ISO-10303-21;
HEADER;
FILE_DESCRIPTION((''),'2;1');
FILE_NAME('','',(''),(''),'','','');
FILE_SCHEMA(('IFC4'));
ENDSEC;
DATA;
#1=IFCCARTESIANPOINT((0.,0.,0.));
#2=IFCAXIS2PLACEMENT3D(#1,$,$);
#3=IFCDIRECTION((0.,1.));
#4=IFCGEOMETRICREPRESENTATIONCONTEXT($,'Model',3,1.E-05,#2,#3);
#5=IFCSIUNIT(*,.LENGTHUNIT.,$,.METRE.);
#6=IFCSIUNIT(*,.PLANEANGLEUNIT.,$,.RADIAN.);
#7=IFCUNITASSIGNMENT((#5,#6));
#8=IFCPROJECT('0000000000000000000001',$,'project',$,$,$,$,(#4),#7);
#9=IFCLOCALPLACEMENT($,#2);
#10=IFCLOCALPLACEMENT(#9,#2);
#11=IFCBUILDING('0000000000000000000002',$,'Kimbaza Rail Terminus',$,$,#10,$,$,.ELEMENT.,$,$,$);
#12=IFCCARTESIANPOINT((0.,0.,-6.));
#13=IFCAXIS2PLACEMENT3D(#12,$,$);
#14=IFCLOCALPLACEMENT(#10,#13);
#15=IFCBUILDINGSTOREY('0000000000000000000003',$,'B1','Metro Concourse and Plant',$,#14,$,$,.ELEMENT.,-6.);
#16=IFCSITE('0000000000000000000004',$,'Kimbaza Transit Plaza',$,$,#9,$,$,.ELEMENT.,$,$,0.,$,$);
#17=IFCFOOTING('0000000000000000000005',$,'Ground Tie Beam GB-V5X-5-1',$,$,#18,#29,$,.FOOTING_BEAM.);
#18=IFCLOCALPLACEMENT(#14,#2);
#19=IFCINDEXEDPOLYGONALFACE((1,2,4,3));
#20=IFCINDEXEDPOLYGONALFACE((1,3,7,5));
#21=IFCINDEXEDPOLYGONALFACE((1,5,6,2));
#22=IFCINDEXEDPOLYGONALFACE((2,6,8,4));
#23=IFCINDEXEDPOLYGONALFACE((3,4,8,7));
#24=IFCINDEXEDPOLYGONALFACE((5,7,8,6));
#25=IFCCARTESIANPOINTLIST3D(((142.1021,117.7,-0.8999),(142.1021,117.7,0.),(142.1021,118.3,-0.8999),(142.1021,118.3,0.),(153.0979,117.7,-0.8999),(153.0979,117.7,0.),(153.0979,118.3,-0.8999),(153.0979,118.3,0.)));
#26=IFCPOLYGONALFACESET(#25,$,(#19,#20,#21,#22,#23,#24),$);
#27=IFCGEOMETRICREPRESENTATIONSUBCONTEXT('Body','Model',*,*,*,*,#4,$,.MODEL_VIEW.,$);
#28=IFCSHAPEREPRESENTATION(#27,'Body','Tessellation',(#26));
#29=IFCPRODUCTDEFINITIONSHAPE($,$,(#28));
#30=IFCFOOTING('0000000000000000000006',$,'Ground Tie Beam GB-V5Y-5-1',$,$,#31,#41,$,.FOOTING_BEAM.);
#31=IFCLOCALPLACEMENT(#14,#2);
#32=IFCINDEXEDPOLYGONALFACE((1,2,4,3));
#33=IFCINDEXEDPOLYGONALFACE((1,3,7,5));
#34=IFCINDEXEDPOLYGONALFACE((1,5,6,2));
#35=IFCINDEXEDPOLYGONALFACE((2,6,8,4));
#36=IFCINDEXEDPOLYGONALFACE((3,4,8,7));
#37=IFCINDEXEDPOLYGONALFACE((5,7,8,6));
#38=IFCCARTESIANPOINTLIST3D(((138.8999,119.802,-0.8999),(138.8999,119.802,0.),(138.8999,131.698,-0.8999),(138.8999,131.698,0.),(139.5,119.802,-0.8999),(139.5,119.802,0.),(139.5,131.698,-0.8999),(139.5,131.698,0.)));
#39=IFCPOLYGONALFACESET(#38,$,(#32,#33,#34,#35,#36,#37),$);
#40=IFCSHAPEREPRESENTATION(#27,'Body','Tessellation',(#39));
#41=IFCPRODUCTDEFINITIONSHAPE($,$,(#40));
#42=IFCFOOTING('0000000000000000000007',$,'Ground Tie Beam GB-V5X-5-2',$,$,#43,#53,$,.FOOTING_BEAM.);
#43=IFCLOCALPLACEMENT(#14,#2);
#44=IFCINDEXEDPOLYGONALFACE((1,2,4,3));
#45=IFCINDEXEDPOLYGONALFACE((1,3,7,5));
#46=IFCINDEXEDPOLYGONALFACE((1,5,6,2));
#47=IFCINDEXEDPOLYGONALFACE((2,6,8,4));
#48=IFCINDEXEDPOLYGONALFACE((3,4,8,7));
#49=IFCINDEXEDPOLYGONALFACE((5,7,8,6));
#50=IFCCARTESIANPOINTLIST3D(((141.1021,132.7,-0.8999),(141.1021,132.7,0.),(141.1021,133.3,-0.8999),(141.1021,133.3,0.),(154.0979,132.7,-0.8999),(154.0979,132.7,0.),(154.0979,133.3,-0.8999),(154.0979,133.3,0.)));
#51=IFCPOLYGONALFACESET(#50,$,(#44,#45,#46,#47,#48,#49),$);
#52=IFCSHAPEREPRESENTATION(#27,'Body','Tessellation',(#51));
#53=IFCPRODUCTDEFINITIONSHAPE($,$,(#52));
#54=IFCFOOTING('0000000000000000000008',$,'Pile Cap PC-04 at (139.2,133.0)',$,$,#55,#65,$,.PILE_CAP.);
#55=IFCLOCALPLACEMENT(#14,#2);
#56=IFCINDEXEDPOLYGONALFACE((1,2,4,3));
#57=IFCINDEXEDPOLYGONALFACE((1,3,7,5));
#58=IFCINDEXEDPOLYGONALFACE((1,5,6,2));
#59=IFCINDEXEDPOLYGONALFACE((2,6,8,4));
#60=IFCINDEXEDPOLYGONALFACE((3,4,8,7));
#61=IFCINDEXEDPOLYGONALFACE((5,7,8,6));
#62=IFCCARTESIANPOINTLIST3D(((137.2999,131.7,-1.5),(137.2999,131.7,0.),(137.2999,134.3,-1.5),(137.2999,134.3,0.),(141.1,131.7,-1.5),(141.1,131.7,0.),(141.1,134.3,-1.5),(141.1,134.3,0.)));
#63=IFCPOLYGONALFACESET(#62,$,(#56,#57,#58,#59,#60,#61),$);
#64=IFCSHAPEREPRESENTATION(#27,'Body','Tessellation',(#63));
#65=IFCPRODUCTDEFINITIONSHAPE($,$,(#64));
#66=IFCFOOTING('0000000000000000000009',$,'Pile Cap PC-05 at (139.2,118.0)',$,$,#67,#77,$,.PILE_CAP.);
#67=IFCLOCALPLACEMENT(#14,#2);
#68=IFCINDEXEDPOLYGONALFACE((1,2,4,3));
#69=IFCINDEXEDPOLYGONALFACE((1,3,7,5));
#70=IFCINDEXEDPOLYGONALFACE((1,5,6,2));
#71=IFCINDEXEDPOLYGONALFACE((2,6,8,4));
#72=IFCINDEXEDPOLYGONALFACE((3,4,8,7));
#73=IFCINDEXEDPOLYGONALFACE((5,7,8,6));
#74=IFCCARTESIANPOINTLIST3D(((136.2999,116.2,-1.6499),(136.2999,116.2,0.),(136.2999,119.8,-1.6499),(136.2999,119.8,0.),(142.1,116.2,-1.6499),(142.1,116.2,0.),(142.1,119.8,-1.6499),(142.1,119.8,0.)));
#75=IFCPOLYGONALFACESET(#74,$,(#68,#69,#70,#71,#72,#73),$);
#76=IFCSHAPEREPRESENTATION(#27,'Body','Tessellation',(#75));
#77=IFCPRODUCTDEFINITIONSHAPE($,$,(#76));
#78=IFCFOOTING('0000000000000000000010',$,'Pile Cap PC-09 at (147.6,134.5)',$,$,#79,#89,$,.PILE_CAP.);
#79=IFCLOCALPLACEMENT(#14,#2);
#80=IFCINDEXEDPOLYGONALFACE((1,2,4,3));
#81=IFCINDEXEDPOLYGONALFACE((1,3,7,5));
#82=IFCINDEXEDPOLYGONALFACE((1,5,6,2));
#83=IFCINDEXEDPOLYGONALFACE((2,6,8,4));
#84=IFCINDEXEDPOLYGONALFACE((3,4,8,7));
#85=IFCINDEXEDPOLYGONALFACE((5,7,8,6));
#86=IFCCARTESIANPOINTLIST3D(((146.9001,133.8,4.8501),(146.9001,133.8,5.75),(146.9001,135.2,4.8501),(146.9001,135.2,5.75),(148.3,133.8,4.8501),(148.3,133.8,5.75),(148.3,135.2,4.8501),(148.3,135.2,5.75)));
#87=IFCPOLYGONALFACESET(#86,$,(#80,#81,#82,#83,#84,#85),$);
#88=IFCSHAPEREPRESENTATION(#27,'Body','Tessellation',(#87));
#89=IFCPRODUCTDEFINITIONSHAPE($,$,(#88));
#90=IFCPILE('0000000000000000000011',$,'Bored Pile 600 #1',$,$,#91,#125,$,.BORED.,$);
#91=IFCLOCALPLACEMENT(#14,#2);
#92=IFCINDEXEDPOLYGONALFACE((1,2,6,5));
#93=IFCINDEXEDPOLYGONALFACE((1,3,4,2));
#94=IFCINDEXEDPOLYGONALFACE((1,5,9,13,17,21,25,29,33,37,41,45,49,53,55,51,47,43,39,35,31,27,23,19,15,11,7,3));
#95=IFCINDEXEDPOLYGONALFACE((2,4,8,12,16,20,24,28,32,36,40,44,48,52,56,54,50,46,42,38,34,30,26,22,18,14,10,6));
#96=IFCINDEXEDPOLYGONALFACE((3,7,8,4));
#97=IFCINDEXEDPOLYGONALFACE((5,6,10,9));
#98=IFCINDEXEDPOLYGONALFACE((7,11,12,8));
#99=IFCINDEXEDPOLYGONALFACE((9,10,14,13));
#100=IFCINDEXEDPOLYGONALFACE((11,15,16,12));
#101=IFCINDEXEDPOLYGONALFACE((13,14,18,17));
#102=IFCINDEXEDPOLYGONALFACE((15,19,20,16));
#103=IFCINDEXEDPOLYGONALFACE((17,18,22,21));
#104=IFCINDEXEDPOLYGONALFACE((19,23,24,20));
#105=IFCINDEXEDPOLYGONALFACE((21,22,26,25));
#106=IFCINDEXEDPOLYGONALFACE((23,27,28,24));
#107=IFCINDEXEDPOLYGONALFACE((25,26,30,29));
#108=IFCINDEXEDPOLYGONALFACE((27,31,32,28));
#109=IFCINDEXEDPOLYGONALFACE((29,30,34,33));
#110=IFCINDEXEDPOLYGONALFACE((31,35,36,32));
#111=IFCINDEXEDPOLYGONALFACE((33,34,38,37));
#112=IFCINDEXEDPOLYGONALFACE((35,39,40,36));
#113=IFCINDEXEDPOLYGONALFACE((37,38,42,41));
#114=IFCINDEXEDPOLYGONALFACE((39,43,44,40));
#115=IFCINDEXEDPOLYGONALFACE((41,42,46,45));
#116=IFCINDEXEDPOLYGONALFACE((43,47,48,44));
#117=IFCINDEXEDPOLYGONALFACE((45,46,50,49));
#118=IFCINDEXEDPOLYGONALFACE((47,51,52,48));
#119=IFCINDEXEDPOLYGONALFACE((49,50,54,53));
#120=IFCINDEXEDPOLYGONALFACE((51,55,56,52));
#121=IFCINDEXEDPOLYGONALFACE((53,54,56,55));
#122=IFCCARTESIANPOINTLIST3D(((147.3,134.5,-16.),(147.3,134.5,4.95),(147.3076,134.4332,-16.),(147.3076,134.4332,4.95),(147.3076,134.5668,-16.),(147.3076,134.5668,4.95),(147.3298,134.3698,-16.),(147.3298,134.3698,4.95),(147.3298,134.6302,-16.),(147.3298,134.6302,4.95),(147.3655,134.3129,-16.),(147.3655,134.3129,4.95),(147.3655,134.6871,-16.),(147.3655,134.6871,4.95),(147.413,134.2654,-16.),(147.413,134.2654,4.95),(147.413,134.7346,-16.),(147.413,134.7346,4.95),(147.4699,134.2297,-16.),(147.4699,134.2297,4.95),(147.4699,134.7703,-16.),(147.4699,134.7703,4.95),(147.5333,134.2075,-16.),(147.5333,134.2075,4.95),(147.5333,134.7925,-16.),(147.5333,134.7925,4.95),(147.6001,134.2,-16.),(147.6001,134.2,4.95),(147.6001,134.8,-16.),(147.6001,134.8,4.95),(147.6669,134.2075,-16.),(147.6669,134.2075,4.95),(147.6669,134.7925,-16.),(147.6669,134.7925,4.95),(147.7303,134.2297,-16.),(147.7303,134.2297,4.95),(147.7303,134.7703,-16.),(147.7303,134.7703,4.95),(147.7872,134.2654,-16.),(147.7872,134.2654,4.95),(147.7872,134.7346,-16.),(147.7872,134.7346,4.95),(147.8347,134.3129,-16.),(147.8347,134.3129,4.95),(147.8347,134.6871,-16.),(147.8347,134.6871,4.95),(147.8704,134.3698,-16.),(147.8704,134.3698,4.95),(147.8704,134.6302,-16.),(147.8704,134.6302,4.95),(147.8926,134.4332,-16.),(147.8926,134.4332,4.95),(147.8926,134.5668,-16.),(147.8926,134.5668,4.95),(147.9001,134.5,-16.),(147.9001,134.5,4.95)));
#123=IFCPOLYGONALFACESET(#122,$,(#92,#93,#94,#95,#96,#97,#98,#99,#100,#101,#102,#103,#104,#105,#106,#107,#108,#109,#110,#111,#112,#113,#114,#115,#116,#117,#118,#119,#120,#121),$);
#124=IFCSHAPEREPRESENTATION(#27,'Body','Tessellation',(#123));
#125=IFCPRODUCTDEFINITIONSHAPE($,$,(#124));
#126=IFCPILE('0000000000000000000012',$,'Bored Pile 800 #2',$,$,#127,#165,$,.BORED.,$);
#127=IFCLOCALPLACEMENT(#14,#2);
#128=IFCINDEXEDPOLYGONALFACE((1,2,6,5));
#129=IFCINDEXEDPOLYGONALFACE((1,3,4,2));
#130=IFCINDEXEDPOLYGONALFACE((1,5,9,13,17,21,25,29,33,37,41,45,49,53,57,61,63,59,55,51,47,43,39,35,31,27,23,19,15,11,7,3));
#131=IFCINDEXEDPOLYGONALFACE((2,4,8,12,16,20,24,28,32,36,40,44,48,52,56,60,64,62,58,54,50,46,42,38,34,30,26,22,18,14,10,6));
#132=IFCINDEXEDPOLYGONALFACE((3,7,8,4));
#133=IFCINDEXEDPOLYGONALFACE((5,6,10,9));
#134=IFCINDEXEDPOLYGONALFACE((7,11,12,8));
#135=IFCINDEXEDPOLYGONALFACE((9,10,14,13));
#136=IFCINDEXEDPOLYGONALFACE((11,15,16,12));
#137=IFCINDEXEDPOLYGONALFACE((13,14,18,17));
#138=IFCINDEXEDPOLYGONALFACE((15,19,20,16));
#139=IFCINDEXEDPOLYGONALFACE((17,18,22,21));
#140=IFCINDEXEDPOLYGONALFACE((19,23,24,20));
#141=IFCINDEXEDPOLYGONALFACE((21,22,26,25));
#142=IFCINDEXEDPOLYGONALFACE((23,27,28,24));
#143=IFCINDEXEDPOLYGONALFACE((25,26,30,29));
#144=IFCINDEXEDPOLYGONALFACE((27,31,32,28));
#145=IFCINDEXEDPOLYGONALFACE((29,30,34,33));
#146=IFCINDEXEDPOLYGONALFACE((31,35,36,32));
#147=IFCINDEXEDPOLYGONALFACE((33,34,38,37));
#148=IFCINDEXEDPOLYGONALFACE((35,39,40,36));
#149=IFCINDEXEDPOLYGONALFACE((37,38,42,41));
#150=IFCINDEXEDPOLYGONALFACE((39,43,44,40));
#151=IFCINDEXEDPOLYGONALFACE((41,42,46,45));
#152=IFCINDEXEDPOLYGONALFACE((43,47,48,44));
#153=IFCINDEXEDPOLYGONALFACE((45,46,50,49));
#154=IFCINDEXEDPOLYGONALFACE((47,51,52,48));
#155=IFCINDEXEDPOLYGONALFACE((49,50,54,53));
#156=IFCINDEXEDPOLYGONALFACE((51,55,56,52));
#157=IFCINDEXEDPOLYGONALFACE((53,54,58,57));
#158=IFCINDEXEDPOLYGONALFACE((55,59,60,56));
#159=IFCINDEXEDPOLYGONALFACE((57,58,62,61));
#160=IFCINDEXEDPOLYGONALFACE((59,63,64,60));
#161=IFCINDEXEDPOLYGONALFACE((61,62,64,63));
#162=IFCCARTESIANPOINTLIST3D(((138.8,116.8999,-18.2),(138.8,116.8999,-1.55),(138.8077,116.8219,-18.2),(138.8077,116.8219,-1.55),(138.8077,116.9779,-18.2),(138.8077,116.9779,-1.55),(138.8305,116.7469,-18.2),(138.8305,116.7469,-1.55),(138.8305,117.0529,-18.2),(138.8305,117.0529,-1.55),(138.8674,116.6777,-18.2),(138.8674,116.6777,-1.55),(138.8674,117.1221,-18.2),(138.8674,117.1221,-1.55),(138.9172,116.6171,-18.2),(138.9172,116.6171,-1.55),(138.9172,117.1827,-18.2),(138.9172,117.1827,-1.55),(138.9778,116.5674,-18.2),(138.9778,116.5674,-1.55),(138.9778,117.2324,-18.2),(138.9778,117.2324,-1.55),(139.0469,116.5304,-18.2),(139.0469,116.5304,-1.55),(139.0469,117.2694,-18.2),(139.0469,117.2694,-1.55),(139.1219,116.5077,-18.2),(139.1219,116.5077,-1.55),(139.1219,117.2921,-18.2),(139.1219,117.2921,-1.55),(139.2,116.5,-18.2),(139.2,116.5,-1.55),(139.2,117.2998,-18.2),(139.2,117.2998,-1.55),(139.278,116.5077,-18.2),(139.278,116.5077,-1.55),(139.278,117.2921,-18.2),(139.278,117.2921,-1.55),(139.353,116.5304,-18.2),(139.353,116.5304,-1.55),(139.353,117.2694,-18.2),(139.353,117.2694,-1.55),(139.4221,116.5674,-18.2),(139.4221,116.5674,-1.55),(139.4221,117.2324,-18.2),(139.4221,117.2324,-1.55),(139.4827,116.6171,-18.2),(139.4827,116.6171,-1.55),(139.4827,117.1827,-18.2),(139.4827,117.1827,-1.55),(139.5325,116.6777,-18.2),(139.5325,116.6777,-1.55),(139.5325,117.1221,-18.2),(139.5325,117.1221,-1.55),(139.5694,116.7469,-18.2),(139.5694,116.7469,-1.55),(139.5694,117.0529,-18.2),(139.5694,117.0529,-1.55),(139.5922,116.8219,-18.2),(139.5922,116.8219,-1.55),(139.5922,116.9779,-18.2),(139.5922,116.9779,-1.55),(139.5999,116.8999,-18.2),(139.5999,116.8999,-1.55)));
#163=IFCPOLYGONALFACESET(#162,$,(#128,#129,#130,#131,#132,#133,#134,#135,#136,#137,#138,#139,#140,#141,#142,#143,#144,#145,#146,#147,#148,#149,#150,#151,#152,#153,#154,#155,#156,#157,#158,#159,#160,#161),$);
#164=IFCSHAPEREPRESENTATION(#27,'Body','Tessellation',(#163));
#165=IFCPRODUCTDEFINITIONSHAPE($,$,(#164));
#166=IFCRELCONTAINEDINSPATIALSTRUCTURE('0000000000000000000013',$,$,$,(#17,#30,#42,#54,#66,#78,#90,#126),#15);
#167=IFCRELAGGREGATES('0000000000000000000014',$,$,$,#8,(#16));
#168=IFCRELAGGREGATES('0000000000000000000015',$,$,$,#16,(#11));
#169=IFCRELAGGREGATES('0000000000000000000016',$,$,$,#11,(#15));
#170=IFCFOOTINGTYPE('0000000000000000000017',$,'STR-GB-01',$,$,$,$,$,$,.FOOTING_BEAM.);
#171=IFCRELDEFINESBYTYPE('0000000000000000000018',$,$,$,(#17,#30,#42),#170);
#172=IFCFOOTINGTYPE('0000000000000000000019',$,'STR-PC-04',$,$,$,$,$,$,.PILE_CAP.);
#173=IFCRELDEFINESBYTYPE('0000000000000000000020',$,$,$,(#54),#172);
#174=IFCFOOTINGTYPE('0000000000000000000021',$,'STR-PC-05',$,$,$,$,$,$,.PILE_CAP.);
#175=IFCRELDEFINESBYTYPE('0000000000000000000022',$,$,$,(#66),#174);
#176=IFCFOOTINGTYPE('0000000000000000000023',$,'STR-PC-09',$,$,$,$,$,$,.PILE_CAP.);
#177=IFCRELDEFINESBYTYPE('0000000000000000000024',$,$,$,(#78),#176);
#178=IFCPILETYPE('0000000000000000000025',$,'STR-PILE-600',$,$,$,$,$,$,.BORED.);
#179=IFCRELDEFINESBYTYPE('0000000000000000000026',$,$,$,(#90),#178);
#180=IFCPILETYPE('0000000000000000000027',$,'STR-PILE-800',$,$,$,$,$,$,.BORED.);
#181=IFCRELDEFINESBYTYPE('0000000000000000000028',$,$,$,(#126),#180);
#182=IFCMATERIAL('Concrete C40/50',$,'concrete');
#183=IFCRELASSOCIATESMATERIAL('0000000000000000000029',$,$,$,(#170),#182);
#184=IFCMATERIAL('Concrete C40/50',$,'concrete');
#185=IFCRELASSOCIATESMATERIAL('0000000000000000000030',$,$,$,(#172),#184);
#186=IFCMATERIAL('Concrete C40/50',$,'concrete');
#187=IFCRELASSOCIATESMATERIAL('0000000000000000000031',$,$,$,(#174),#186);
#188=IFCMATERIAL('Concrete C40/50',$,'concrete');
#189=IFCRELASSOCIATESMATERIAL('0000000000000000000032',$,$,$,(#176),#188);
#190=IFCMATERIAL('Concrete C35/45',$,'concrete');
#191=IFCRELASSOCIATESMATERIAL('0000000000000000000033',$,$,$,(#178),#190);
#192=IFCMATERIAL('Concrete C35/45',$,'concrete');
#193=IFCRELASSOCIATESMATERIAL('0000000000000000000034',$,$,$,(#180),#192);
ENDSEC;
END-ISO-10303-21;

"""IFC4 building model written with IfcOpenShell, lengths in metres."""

from ifc_helpers import new_model, si_unit, direction, frame, origin, origin_2d, place, context, subcontext, project, spatial, rectangle, circle, extrude, material, material_profile, profile_set, type_object, element, save


model = new_model("IFC4")

# Units and contexts
model_context = context("Model", 3, precision=1e-05, world=origin(), true_north=direction((0.0, 1.0)))
body_context = subcontext(model_context, "Body", "Model", "MODEL_VIEW")
ifc_project = project(units=[si_unit("LENGTHUNIT", "METRE"), si_unit("PLANEANGLEUNIT", "RADIAN")], contexts=[model_context])

# Site, building, storey
site_placement = place(None, origin())
site = spatial("IfcSite", under=ifc_project, at=site_placement, Name="Kimbaza Transit Plaza", CompositionType="ELEMENT", RefElevation=0.0)
building_placement = place(site_placement, origin())
building = spatial("IfcBuilding", under=site, at=building_placement, Name="Kimbaza Rail Terminus", CompositionType="ELEMENT")
storey_placement = place(building_placement, frame((0.0, 0.0, -6.0)))
storey = spatial("IfcBuildingStorey", under=building, at=storey_placement, Name="B1", Description="Metro Concourse and Plant", CompositionType="ELEMENT", Elevation=-6.0)

# Footings
ifc_material_1 = material(Name="Concrete C40/50", Category="concrete")
ifc_material_profile_1 = material_profile(ifc_material_1, rectangle(XDim=0.6001, YDim=0.8999, at=origin_2d()), Name="GB-01 600x900")
ifc_profile_set_1 = profile_set([ifc_material_profile_1], Name="Concrete C40/50")
footing_type_1 = type_object("IfcFootingType", Name="STR-GB-01", PredefinedType="FOOTING_BEAM", material=ifc_profile_set_1)
footing_1_placement = place(storey_placement, frame((142.1021, 118.0, -0.45), z_axis=(1.0, 0.0, 0.0), x_axis=(0.0, 1.0, 0.0)))
element("IfcFooting", 1, at=footing_1_placement, inside=storey, type_object=footing_type_1, Name="Ground Tie Beam GB-V5X-5-1", PredefinedType="FOOTING_BEAM", context=body_context, shape_type="SweptSolid", body=[
    extrude(rectangle(XDim=0.6001, YDim=0.8999, at=origin_2d()), origin(), (0.0, 0.0, 1.0), 10.9958),
])
footing_2_placement = place(storey_placement, frame((139.2, 119.802, -0.45), z_axis=(0.0, 1.0, 0.0), x_axis=(-1.0, 0.0, 0.0)))
element("IfcFooting", 2, at=footing_2_placement, inside=storey, type_object=footing_type_1, Name="Ground Tie Beam GB-V5Y-5-1", PredefinedType="FOOTING_BEAM", context=body_context, shape_type="SweptSolid", body=[
    extrude(rectangle(XDim=0.6001, YDim=0.8999, at=origin_2d()), origin(), (0.0, 0.0, 1.0), 11.896),
])
footing_3_placement = place(storey_placement, frame((141.1021, 133.0, -0.45), z_axis=(1.0, 0.0, 0.0), x_axis=(0.0, 1.0, 0.0)))
element("IfcFooting", 3, at=footing_3_placement, inside=storey, type_object=footing_type_1, Name="Ground Tie Beam GB-V5X-5-2", PredefinedType="FOOTING_BEAM", context=body_context, shape_type="SweptSolid", body=[
    extrude(rectangle(XDim=0.6001, YDim=0.8999, at=origin_2d()), origin(), (0.0, 0.0, 1.0), 12.9958),
])
ifc_material_2 = material(Name="Concrete C40/50", Category="concrete")
footing_type_2 = type_object("IfcFootingType", Name="STR-PC-04", PredefinedType="PILE_CAP", material=ifc_material_2)
footing_4_placement = place(storey_placement, frame((139.2, 133.0, -1.5), z_axis=(0.0, 0.0, 1.0), x_axis=(1.0, 0.0, 0.0)))
element("IfcFooting", 4, at=footing_4_placement, inside=storey, type_object=footing_type_2, Name="Pile Cap PC-04 at (139.2,133.0)", PredefinedType="PILE_CAP", context=body_context, shape_type="SweptSolid", body=[
    extrude(rectangle(XDim=3.8, YDim=2.6001, at=origin_2d()), origin(), (0.0, 0.0, 1.0), 1.5),
])
ifc_material_3 = material(Name="Concrete C40/50", Category="concrete")
footing_type_3 = type_object("IfcFootingType", Name="STR-PC-05", PredefinedType="PILE_CAP", material=ifc_material_3)
footing_5_placement = place(storey_placement, frame((139.2, 118.0, -1.6499), z_axis=(0.0, 0.0, 1.0), x_axis=(1.0, 0.0, 0.0)))
element("IfcFooting", 5, at=footing_5_placement, inside=storey, type_object=footing_type_3, Name="Pile Cap PC-05 at (139.2,118.0)", PredefinedType="PILE_CAP", context=body_context, shape_type="SweptSolid", body=[
    extrude(rectangle(XDim=5.8, YDim=3.6001, at=origin_2d()), origin(), (0.0, 0.0, 1.0), 1.6499),
])
ifc_material_4 = material(Name="Concrete C40/50", Category="concrete")
footing_type_4 = type_object("IfcFootingType", Name="STR-PC-09", PredefinedType="PILE_CAP", material=ifc_material_4)
footing_6_placement = place(storey_placement, frame((147.6001, 134.5, 4.8501), z_axis=(0.0, 0.0, 1.0), x_axis=(1.0, 0.0, 0.0)))
element("IfcFooting", 6, at=footing_6_placement, inside=storey, type_object=footing_type_4, Name="Pile Cap PC-09 at (147.6,134.5)", PredefinedType="PILE_CAP", context=body_context, shape_type="SweptSolid", body=[
    extrude(rectangle(XDim=1.3999, YDim=1.3999, at=origin_2d()), origin(), (0.0, 0.0, 1.0), 0.8999),
])

# Piles
ifc_material_5 = material(Name="Concrete C35/45", Category="concrete")
ifc_material_profile_2 = material_profile(ifc_material_5, circle(Radius=0.3, at=origin_2d()), Name="BORED PILE 600")
ifc_profile_set_2 = profile_set([ifc_material_profile_2], Name="Concrete C35/45")
pile_type_1 = type_object("IfcPileType", Name="STR-PILE-600", PredefinedType="BORED", material=ifc_profile_set_2)
pile_1_placement = place(storey_placement, frame((147.6001, 134.5, 4.95), z_axis=(0.0, 0.0, -1.0), x_axis=(1.0, 0.0, 0.0)))
element("IfcPile", 7, at=pile_1_placement, inside=storey, type_object=pile_type_1, Name="Bored Pile 600 #1", PredefinedType="BORED", context=body_context, shape_type="SweptSolid", body=[
    extrude(circle(Radius=0.3, at=origin_2d()), origin(), (0.0, 0.0, 1.0), 20.95),
])
ifc_material_6 = material(Name="Concrete C35/45", Category="concrete")
ifc_material_profile_3 = material_profile(ifc_material_6, circle(Radius=0.3999, at=origin_2d()), Name="BORED PILE 800")
ifc_profile_set_3 = profile_set([ifc_material_profile_3], Name="Concrete C35/45")
pile_type_2 = type_object("IfcPileType", Name="STR-PILE-800", PredefinedType="BORED", material=ifc_profile_set_3)
for number, where, z_axis, x_axis, name in (
    (8, (139.2, 116.8999, -1.55), (0.0, 0.0, -1.0), (1.0, 0.0, 0.0), "Bored Pile 800 #2"),
):
    element("IfcPile", number, at=place(storey_placement, frame(where, z_axis=z_axis, x_axis=x_axis)), inside=storey, type_object=pile_type_2, Name=name, PredefinedType="BORED", context=body_context, shape_type="SweptSolid", body=[
        extrude(circle(Radius=0.3999, at=origin_2d()), origin(), (0.0, 0.0, 1.0), 16.6499),
    ])

save(model, "model.ifc")
